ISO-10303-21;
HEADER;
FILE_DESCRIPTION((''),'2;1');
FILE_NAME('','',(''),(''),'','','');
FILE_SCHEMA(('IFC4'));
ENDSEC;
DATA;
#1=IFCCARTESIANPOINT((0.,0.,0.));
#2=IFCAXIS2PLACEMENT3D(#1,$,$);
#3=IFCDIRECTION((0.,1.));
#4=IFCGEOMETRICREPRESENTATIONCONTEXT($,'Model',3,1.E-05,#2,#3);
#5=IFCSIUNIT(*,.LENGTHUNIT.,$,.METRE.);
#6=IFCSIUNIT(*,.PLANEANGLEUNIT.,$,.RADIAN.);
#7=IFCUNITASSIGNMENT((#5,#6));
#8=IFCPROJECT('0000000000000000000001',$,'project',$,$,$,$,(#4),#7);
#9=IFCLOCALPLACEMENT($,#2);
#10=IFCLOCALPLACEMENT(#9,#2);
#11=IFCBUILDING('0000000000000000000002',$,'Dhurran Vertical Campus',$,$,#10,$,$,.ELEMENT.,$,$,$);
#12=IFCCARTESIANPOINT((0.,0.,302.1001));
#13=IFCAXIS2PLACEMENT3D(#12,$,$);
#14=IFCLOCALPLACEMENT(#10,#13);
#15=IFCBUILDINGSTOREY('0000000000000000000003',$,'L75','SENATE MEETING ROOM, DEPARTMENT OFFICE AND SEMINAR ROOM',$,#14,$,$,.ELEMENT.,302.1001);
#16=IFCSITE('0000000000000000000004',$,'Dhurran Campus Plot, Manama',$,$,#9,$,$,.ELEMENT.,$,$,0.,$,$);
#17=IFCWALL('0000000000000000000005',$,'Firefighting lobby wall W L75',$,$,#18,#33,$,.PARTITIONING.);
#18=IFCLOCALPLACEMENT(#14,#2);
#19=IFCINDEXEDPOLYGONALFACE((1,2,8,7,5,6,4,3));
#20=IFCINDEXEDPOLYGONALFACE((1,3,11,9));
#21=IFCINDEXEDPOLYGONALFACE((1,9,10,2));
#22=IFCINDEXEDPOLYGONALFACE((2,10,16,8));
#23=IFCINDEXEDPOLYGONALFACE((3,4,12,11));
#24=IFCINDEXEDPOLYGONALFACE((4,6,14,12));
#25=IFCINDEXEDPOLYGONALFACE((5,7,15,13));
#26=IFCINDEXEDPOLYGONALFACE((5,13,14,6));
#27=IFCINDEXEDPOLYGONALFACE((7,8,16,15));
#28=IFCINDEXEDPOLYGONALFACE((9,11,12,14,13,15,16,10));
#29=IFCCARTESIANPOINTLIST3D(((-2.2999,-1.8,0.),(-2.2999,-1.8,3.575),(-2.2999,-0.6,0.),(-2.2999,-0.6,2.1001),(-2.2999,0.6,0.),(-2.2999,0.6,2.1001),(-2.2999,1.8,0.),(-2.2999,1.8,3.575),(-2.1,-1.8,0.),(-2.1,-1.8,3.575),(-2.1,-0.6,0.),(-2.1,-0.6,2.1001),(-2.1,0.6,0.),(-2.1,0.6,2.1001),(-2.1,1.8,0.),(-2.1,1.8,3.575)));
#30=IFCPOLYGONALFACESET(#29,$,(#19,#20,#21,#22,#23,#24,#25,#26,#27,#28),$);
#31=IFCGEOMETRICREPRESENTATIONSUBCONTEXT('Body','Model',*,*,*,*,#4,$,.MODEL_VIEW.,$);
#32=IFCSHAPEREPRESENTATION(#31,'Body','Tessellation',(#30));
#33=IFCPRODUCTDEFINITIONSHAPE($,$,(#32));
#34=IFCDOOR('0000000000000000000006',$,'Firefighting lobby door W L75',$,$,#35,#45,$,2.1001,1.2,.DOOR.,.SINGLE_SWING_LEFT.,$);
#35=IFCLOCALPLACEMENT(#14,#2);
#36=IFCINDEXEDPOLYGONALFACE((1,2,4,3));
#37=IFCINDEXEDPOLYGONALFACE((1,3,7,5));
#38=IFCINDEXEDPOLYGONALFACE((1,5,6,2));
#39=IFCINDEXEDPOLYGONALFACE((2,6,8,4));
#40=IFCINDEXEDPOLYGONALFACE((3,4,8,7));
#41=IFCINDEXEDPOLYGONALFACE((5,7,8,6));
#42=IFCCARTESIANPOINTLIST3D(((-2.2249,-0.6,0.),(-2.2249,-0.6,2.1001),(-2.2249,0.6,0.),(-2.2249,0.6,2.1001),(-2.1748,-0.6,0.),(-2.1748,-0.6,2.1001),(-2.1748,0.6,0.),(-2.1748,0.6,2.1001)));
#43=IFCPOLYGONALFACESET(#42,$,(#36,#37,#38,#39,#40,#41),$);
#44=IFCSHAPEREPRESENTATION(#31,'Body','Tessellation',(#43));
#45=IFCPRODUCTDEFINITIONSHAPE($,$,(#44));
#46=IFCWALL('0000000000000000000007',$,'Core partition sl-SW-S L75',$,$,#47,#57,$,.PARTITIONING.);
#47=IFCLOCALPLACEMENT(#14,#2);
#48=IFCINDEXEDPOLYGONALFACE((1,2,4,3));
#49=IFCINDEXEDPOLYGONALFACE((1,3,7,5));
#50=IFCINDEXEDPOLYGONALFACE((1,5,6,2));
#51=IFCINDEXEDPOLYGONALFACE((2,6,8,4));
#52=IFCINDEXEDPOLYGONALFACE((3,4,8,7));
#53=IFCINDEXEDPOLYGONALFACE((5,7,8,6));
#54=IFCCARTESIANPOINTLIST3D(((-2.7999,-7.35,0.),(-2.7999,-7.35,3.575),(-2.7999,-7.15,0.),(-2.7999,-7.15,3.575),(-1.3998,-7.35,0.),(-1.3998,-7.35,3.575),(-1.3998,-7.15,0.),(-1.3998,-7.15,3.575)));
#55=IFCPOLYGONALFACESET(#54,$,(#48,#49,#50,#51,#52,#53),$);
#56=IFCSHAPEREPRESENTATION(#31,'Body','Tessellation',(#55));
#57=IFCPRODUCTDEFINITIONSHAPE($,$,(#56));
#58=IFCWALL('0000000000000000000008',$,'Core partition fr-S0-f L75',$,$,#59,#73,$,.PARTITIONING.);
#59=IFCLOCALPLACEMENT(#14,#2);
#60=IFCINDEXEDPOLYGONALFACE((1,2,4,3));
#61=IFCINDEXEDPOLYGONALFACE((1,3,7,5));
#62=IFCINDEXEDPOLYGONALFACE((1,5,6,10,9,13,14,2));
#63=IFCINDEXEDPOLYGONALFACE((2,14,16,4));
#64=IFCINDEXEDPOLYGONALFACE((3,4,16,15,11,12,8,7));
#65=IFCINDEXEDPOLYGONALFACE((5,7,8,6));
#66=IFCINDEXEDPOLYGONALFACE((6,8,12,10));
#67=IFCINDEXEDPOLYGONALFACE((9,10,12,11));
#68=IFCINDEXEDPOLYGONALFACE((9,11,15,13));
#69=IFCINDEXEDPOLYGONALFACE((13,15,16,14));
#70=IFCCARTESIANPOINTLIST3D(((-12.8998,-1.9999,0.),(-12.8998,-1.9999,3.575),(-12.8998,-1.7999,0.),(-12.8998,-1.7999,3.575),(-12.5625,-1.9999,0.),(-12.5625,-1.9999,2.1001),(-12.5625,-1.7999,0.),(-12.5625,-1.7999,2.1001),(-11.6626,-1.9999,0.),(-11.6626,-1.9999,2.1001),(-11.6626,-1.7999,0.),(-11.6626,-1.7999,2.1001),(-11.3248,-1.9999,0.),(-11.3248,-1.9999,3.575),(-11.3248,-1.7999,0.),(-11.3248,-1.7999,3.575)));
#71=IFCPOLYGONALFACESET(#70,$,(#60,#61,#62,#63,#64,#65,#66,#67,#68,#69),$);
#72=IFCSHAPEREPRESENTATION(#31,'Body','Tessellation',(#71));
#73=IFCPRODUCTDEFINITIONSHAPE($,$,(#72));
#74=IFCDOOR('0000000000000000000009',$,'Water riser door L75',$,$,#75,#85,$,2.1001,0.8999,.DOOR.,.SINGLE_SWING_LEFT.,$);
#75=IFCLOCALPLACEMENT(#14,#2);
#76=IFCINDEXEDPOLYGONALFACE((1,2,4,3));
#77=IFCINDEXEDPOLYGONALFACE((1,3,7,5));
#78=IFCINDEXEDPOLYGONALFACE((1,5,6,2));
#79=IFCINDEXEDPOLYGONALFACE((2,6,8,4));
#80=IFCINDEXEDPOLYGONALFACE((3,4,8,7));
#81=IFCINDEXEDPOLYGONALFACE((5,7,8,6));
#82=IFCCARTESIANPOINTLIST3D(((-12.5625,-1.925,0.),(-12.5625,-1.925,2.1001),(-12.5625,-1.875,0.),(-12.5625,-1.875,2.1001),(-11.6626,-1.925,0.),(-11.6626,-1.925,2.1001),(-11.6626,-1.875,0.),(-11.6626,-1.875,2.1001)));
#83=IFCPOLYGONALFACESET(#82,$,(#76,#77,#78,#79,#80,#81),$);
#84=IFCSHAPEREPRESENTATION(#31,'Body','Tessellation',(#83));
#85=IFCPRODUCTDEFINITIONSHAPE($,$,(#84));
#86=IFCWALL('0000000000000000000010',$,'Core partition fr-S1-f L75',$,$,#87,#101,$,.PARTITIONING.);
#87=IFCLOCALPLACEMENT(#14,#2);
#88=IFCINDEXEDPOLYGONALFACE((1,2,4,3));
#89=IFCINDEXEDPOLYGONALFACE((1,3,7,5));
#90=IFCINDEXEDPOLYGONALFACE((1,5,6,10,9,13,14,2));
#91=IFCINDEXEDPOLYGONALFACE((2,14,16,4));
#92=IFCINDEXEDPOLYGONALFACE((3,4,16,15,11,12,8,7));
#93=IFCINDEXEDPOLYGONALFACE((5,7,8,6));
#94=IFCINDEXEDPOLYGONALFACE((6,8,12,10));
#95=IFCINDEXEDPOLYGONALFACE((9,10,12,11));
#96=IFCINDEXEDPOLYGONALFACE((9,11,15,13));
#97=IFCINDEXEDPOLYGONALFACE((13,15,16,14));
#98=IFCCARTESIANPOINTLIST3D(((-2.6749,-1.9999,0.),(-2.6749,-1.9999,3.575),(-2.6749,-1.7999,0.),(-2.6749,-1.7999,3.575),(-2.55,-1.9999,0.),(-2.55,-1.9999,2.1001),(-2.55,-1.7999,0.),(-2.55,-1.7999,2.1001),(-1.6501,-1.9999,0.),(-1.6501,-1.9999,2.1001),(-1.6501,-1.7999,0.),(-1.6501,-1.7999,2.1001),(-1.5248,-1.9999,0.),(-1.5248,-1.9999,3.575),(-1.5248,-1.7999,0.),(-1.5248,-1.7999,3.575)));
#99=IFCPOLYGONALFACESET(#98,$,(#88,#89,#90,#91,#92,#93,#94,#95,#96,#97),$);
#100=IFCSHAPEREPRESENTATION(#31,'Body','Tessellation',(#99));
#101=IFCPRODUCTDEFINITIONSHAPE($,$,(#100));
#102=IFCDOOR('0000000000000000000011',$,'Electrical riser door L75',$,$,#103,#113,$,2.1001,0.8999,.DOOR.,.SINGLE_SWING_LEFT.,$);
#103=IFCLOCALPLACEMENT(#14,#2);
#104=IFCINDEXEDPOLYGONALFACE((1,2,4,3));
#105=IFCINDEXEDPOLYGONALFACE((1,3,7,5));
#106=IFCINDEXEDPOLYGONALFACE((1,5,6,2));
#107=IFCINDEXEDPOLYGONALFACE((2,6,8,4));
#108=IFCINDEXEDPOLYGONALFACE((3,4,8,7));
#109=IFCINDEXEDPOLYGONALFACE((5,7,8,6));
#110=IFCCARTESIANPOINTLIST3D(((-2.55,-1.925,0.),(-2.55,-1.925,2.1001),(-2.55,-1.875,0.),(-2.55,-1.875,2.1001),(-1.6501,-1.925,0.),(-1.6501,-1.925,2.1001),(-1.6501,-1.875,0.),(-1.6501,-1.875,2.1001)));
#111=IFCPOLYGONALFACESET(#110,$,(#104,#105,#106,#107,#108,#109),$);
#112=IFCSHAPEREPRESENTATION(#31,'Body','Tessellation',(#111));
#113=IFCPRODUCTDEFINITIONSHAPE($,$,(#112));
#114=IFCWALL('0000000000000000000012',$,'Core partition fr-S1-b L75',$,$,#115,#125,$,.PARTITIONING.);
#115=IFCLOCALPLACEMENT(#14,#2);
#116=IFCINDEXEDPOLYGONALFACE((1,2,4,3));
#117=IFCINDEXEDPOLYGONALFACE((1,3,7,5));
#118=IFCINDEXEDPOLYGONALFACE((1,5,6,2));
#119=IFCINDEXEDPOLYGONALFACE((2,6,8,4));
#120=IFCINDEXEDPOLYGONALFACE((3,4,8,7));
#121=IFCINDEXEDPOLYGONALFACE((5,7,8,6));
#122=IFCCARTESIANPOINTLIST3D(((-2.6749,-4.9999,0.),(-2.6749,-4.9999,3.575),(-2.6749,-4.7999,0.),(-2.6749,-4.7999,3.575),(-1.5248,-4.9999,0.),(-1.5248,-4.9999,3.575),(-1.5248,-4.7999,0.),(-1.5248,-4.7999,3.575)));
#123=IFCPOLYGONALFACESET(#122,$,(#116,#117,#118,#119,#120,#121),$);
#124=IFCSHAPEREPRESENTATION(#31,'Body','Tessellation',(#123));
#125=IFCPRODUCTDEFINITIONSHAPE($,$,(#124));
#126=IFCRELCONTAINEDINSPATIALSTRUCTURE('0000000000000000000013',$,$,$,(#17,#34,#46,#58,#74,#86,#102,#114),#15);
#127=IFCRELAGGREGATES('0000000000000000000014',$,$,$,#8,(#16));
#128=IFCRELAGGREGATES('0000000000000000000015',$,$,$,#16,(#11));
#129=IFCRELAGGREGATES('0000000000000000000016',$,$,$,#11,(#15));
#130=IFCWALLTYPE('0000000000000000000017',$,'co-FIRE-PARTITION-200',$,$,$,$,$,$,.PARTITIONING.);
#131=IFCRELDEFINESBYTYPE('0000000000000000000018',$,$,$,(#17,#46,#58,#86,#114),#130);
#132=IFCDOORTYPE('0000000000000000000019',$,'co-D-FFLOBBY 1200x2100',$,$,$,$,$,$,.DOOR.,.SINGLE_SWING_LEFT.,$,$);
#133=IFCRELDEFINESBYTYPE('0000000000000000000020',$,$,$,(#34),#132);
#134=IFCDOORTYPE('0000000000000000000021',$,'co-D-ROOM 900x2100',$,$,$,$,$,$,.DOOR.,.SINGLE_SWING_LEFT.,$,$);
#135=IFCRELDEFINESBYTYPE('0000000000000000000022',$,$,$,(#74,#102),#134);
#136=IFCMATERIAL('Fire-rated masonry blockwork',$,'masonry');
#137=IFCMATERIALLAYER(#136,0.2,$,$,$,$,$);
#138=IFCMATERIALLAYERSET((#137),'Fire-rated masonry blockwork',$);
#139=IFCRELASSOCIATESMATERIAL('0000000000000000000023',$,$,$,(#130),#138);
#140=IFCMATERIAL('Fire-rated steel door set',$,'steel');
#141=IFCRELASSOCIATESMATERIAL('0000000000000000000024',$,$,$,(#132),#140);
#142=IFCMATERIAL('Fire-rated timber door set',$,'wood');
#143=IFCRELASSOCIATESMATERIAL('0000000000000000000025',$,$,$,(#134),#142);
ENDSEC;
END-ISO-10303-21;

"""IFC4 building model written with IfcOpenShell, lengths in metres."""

from ifc_helpers import new_model, si_unit, direction, frame, frame_2d, origin, place, context, subcontext, project, spatial, rectangle, extrude, material, layer, layer_set, type_object, element, fill, save


model = new_model("IFC4")

# Units and contexts
model_context = context("Model", 3, precision=1e-05, world=origin(), true_north=direction((0.0, 1.0)))
body_context = subcontext(model_context, "Body", "Model", "MODEL_VIEW")
ifc_project = project(units=[si_unit("LENGTHUNIT", "METRE"), si_unit("PLANEANGLEUNIT", "RADIAN")], contexts=[model_context])

# Site, building, storey
site_placement = place(None, origin())
site = spatial("IfcSite", under=ifc_project, at=site_placement, Name="Dhurran Campus Plot, Manama", CompositionType="ELEMENT", RefElevation=0.0)
building_placement = place(site_placement, origin())
building = spatial("IfcBuilding", under=site, at=building_placement, Name="Dhurran Vertical Campus", CompositionType="ELEMENT")
storey_placement = place(building_placement, frame((0.0, 0.0, 302.1001)))
storey = spatial("IfcBuildingStorey", under=building, at=storey_placement, Name="L75", Description="SENATE MEETING ROOM, DEPARTMENT OFFICE AND SEMINAR ROOM", CompositionType="ELEMENT", Elevation=302.1001)

# Wall, opening, door
ifc_material_1 = material(Name="Fire-rated masonry blockwork", Category="masonry")
ifc_layer_1 = layer(ifc_material_1, 0.2)
ifc_layer_set_1 = layer_set([ifc_layer_1], Name="Fire-rated masonry blockwork")
wall_type_1 = type_object("IfcWallType", Name="co-FIRE-PARTITION-200", PredefinedType="PARTITIONING", material=ifc_layer_set_1)
wall_1_placement = place(storey_placement, frame((-2.2, -1.8, 0.0), z_axis=(0.0, 0.0, 1.0), x_axis=(0.0, 1.0, 0.0)))
wall_1 = element("IfcWall", 1, at=wall_1_placement, inside=storey, type_object=wall_type_1, Name="Firefighting lobby wall W L75", PredefinedType="PARTITIONING", context=body_context, shape_type="SweptSolid", body=[
    extrude(rectangle(XDim=3.6001, YDim=0.2, at=frame_2d((1.8, 0.0))), origin(), (0.0, 0.0, 1.0), 3.575),
])
opening_1_placement = place(wall_1_placement, frame((1.2, 0.0, 0.0)))
opening_1 = element("IfcOpeningElement", 2, at=opening_1_placement, cuts=wall_1, PredefinedType="OPENING", context=body_context, shape_type="SweptSolid", body=[
    extrude(rectangle(XDim=1.2, YDim=2.1001, at=frame_2d((0.6001, 1.05))), frame((0.0, 0.1099, 0.0), z_axis=(0.0, -1.0, 0.0), x_axis=(1.0, 0.0, 0.0)), (0.0, 0.0, 1.0), 0.22),
])
ifc_material_2 = material(Name="Fire-rated steel door set", Category="steel")
door_type_1 = type_object("IfcDoorType", Name="co-D-FFLOBBY 1200x2100", OperationType="SINGLE_SWING_LEFT", PredefinedType="DOOR", material=ifc_material_2)
door_1_placement = place(opening_1_placement, origin())
door_1 = element("IfcDoor", 3, at=door_1_placement, inside=storey, type_object=door_type_1, Name="Firefighting lobby door W L75", OperationType="SINGLE_SWING_LEFT", OverallHeight=2.1001, OverallWidth=1.2, PredefinedType="DOOR", context=body_context, shape_type="SweptSolid", body=[
    extrude(rectangle(XDim=1.2, YDim=2.1001, at=frame_2d((0.6001, 1.05))), frame((0.0, 0.0249, 0.0), z_axis=(0.0, -1.0, 0.0), x_axis=(1.0, 0.0, 0.0)), (0.0, 0.0, 1.0), 0.05),
])
fill(opening_1, door_1)

# Wall
wall_2_placement = place(storey_placement, frame((-2.8, -7.25, 0.0), z_axis=(0.0, 0.0, 1.0), x_axis=(1.0, 0.0, 0.0)))
element("IfcWall", 4, at=wall_2_placement, inside=storey, type_object=wall_type_1, Name="Core partition sl-SW-S L75", PredefinedType="PARTITIONING", context=body_context, shape_type="SweptSolid", body=[
    extrude(rectangle(XDim=1.4001, YDim=0.2, at=frame_2d((0.7002, 0.0))), origin(), (0.0, 0.0, 1.0), 3.575),
])

# Walls, openings, doors
wall_3_placement = place(storey_placement, frame((-12.8999, -1.8999, 0.0), z_axis=(0.0, 0.0, 1.0), x_axis=(1.0, 0.0, 0.0)))
wall_3 = element("IfcWall", 5, at=wall_3_placement, inside=storey, type_object=wall_type_1, Name="Core partition fr-S0-f L75", PredefinedType="PARTITIONING", context=body_context, shape_type="SweptSolid", body=[
    extrude(rectangle(XDim=1.575, YDim=0.2, at=frame_2d((0.7876, 0.0))), origin(), (0.0, 0.0, 1.0), 3.575),
])
opening_2_placement = place(wall_3_placement, frame((0.3374, 0.0, 0.0)))
opening_2 = element("IfcOpeningElement", 6, at=opening_2_placement, cuts=wall_3, PredefinedType="OPENING", context=body_context, shape_type="SweptSolid", body=[
    extrude(rectangle(XDim=0.8999, YDim=2.1001, at=frame_2d((0.45, 1.05))), frame((0.0, 0.1099, 0.0), z_axis=(0.0, -1.0, 0.0), x_axis=(1.0, 0.0, 0.0)), (0.0, 0.0, 1.0), 0.22),
])
ifc_material_3 = material(Name="Fire-rated timber door set", Category="wood")
door_type_2 = type_object("IfcDoorType", Name="co-D-ROOM 900x2100", OperationType="SINGLE_SWING_LEFT", PredefinedType="DOOR", material=ifc_material_3)
door_2_placement = place(opening_2_placement, origin())
door_2 = element("IfcDoor", 7, at=door_2_placement, inside=storey, type_object=door_type_2, Name="Water riser door L75", OperationType="SINGLE_SWING_LEFT", OverallHeight=2.1001, OverallWidth=0.8999, PredefinedType="DOOR", context=body_context, shape_type="SweptSolid", body=[
    extrude(rectangle(XDim=0.8999, YDim=2.1001, at=frame_2d((0.45, 1.05))), frame((0.0, 0.0249, 0.0), z_axis=(0.0, -1.0, 0.0), x_axis=(1.0, 0.0, 0.0)), (0.0, 0.0, 1.0), 0.05),
])
fill(opening_2, door_2)
wall_4_placement = place(storey_placement, frame((-2.675, -1.8999, 0.0), z_axis=(0.0, 0.0, 1.0), x_axis=(1.0, 0.0, 0.0)))
wall_4 = element("IfcWall", 8, at=wall_4_placement, inside=storey, type_object=wall_type_1, Name="Core partition fr-S1-f L75", PredefinedType="PARTITIONING", context=body_context, shape_type="SweptSolid", body=[
    extrude(rectangle(XDim=1.1501, YDim=0.2, at=frame_2d((0.5752, 0.0))), origin(), (0.0, 0.0, 1.0), 3.575),
])
opening_3_placement = place(wall_4_placement, frame((0.125, 0.0, 0.0)))
opening_3 = element("IfcOpeningElement", 9, at=opening_3_placement, cuts=wall_4, PredefinedType="OPENING", context=body_context, shape_type="SweptSolid", body=[
    extrude(rectangle(XDim=0.8999, YDim=2.1001, at=frame_2d((0.45, 1.05))), frame((0.0, 0.1099, 0.0), z_axis=(0.0, -1.0, 0.0), x_axis=(1.0, 0.0, 0.0)), (0.0, 0.0, 1.0), 0.22),
])
door_3_placement = place(opening_3_placement, origin())
door_3 = element("IfcDoor", 10, at=door_3_placement, inside=storey, type_object=door_type_2, Name="Electrical riser door L75", OperationType="SINGLE_SWING_LEFT", OverallHeight=2.1001, OverallWidth=0.8999, PredefinedType="DOOR", context=body_context, shape_type="SweptSolid", body=[
    extrude(rectangle(XDim=0.8999, YDim=2.1001, at=frame_2d((0.45, 1.05))), frame((0.0, 0.0249, 0.0), z_axis=(0.0, -1.0, 0.0), x_axis=(1.0, 0.0, 0.0)), (0.0, 0.0, 1.0), 0.05),
])
fill(opening_3, door_3)

# Wall
wall_5_placement = place(storey_placement, frame((-2.675, -4.8999, 0.0), z_axis=(0.0, 0.0, 1.0), x_axis=(1.0, 0.0, 0.0)))
element("IfcWall", 11, at=wall_5_placement, inside=storey, type_object=wall_type_1, Name="Core partition fr-S1-b L75", PredefinedType="PARTITIONING", context=body_context, shape_type="SweptSolid", body=[
    extrude(rectangle(XDim=1.1501, YDim=0.2, at=frame_2d((0.5752, 0.0))), origin(), (0.0, 0.0, 1.0), 3.575),
])

save(model, "model.ifc")
